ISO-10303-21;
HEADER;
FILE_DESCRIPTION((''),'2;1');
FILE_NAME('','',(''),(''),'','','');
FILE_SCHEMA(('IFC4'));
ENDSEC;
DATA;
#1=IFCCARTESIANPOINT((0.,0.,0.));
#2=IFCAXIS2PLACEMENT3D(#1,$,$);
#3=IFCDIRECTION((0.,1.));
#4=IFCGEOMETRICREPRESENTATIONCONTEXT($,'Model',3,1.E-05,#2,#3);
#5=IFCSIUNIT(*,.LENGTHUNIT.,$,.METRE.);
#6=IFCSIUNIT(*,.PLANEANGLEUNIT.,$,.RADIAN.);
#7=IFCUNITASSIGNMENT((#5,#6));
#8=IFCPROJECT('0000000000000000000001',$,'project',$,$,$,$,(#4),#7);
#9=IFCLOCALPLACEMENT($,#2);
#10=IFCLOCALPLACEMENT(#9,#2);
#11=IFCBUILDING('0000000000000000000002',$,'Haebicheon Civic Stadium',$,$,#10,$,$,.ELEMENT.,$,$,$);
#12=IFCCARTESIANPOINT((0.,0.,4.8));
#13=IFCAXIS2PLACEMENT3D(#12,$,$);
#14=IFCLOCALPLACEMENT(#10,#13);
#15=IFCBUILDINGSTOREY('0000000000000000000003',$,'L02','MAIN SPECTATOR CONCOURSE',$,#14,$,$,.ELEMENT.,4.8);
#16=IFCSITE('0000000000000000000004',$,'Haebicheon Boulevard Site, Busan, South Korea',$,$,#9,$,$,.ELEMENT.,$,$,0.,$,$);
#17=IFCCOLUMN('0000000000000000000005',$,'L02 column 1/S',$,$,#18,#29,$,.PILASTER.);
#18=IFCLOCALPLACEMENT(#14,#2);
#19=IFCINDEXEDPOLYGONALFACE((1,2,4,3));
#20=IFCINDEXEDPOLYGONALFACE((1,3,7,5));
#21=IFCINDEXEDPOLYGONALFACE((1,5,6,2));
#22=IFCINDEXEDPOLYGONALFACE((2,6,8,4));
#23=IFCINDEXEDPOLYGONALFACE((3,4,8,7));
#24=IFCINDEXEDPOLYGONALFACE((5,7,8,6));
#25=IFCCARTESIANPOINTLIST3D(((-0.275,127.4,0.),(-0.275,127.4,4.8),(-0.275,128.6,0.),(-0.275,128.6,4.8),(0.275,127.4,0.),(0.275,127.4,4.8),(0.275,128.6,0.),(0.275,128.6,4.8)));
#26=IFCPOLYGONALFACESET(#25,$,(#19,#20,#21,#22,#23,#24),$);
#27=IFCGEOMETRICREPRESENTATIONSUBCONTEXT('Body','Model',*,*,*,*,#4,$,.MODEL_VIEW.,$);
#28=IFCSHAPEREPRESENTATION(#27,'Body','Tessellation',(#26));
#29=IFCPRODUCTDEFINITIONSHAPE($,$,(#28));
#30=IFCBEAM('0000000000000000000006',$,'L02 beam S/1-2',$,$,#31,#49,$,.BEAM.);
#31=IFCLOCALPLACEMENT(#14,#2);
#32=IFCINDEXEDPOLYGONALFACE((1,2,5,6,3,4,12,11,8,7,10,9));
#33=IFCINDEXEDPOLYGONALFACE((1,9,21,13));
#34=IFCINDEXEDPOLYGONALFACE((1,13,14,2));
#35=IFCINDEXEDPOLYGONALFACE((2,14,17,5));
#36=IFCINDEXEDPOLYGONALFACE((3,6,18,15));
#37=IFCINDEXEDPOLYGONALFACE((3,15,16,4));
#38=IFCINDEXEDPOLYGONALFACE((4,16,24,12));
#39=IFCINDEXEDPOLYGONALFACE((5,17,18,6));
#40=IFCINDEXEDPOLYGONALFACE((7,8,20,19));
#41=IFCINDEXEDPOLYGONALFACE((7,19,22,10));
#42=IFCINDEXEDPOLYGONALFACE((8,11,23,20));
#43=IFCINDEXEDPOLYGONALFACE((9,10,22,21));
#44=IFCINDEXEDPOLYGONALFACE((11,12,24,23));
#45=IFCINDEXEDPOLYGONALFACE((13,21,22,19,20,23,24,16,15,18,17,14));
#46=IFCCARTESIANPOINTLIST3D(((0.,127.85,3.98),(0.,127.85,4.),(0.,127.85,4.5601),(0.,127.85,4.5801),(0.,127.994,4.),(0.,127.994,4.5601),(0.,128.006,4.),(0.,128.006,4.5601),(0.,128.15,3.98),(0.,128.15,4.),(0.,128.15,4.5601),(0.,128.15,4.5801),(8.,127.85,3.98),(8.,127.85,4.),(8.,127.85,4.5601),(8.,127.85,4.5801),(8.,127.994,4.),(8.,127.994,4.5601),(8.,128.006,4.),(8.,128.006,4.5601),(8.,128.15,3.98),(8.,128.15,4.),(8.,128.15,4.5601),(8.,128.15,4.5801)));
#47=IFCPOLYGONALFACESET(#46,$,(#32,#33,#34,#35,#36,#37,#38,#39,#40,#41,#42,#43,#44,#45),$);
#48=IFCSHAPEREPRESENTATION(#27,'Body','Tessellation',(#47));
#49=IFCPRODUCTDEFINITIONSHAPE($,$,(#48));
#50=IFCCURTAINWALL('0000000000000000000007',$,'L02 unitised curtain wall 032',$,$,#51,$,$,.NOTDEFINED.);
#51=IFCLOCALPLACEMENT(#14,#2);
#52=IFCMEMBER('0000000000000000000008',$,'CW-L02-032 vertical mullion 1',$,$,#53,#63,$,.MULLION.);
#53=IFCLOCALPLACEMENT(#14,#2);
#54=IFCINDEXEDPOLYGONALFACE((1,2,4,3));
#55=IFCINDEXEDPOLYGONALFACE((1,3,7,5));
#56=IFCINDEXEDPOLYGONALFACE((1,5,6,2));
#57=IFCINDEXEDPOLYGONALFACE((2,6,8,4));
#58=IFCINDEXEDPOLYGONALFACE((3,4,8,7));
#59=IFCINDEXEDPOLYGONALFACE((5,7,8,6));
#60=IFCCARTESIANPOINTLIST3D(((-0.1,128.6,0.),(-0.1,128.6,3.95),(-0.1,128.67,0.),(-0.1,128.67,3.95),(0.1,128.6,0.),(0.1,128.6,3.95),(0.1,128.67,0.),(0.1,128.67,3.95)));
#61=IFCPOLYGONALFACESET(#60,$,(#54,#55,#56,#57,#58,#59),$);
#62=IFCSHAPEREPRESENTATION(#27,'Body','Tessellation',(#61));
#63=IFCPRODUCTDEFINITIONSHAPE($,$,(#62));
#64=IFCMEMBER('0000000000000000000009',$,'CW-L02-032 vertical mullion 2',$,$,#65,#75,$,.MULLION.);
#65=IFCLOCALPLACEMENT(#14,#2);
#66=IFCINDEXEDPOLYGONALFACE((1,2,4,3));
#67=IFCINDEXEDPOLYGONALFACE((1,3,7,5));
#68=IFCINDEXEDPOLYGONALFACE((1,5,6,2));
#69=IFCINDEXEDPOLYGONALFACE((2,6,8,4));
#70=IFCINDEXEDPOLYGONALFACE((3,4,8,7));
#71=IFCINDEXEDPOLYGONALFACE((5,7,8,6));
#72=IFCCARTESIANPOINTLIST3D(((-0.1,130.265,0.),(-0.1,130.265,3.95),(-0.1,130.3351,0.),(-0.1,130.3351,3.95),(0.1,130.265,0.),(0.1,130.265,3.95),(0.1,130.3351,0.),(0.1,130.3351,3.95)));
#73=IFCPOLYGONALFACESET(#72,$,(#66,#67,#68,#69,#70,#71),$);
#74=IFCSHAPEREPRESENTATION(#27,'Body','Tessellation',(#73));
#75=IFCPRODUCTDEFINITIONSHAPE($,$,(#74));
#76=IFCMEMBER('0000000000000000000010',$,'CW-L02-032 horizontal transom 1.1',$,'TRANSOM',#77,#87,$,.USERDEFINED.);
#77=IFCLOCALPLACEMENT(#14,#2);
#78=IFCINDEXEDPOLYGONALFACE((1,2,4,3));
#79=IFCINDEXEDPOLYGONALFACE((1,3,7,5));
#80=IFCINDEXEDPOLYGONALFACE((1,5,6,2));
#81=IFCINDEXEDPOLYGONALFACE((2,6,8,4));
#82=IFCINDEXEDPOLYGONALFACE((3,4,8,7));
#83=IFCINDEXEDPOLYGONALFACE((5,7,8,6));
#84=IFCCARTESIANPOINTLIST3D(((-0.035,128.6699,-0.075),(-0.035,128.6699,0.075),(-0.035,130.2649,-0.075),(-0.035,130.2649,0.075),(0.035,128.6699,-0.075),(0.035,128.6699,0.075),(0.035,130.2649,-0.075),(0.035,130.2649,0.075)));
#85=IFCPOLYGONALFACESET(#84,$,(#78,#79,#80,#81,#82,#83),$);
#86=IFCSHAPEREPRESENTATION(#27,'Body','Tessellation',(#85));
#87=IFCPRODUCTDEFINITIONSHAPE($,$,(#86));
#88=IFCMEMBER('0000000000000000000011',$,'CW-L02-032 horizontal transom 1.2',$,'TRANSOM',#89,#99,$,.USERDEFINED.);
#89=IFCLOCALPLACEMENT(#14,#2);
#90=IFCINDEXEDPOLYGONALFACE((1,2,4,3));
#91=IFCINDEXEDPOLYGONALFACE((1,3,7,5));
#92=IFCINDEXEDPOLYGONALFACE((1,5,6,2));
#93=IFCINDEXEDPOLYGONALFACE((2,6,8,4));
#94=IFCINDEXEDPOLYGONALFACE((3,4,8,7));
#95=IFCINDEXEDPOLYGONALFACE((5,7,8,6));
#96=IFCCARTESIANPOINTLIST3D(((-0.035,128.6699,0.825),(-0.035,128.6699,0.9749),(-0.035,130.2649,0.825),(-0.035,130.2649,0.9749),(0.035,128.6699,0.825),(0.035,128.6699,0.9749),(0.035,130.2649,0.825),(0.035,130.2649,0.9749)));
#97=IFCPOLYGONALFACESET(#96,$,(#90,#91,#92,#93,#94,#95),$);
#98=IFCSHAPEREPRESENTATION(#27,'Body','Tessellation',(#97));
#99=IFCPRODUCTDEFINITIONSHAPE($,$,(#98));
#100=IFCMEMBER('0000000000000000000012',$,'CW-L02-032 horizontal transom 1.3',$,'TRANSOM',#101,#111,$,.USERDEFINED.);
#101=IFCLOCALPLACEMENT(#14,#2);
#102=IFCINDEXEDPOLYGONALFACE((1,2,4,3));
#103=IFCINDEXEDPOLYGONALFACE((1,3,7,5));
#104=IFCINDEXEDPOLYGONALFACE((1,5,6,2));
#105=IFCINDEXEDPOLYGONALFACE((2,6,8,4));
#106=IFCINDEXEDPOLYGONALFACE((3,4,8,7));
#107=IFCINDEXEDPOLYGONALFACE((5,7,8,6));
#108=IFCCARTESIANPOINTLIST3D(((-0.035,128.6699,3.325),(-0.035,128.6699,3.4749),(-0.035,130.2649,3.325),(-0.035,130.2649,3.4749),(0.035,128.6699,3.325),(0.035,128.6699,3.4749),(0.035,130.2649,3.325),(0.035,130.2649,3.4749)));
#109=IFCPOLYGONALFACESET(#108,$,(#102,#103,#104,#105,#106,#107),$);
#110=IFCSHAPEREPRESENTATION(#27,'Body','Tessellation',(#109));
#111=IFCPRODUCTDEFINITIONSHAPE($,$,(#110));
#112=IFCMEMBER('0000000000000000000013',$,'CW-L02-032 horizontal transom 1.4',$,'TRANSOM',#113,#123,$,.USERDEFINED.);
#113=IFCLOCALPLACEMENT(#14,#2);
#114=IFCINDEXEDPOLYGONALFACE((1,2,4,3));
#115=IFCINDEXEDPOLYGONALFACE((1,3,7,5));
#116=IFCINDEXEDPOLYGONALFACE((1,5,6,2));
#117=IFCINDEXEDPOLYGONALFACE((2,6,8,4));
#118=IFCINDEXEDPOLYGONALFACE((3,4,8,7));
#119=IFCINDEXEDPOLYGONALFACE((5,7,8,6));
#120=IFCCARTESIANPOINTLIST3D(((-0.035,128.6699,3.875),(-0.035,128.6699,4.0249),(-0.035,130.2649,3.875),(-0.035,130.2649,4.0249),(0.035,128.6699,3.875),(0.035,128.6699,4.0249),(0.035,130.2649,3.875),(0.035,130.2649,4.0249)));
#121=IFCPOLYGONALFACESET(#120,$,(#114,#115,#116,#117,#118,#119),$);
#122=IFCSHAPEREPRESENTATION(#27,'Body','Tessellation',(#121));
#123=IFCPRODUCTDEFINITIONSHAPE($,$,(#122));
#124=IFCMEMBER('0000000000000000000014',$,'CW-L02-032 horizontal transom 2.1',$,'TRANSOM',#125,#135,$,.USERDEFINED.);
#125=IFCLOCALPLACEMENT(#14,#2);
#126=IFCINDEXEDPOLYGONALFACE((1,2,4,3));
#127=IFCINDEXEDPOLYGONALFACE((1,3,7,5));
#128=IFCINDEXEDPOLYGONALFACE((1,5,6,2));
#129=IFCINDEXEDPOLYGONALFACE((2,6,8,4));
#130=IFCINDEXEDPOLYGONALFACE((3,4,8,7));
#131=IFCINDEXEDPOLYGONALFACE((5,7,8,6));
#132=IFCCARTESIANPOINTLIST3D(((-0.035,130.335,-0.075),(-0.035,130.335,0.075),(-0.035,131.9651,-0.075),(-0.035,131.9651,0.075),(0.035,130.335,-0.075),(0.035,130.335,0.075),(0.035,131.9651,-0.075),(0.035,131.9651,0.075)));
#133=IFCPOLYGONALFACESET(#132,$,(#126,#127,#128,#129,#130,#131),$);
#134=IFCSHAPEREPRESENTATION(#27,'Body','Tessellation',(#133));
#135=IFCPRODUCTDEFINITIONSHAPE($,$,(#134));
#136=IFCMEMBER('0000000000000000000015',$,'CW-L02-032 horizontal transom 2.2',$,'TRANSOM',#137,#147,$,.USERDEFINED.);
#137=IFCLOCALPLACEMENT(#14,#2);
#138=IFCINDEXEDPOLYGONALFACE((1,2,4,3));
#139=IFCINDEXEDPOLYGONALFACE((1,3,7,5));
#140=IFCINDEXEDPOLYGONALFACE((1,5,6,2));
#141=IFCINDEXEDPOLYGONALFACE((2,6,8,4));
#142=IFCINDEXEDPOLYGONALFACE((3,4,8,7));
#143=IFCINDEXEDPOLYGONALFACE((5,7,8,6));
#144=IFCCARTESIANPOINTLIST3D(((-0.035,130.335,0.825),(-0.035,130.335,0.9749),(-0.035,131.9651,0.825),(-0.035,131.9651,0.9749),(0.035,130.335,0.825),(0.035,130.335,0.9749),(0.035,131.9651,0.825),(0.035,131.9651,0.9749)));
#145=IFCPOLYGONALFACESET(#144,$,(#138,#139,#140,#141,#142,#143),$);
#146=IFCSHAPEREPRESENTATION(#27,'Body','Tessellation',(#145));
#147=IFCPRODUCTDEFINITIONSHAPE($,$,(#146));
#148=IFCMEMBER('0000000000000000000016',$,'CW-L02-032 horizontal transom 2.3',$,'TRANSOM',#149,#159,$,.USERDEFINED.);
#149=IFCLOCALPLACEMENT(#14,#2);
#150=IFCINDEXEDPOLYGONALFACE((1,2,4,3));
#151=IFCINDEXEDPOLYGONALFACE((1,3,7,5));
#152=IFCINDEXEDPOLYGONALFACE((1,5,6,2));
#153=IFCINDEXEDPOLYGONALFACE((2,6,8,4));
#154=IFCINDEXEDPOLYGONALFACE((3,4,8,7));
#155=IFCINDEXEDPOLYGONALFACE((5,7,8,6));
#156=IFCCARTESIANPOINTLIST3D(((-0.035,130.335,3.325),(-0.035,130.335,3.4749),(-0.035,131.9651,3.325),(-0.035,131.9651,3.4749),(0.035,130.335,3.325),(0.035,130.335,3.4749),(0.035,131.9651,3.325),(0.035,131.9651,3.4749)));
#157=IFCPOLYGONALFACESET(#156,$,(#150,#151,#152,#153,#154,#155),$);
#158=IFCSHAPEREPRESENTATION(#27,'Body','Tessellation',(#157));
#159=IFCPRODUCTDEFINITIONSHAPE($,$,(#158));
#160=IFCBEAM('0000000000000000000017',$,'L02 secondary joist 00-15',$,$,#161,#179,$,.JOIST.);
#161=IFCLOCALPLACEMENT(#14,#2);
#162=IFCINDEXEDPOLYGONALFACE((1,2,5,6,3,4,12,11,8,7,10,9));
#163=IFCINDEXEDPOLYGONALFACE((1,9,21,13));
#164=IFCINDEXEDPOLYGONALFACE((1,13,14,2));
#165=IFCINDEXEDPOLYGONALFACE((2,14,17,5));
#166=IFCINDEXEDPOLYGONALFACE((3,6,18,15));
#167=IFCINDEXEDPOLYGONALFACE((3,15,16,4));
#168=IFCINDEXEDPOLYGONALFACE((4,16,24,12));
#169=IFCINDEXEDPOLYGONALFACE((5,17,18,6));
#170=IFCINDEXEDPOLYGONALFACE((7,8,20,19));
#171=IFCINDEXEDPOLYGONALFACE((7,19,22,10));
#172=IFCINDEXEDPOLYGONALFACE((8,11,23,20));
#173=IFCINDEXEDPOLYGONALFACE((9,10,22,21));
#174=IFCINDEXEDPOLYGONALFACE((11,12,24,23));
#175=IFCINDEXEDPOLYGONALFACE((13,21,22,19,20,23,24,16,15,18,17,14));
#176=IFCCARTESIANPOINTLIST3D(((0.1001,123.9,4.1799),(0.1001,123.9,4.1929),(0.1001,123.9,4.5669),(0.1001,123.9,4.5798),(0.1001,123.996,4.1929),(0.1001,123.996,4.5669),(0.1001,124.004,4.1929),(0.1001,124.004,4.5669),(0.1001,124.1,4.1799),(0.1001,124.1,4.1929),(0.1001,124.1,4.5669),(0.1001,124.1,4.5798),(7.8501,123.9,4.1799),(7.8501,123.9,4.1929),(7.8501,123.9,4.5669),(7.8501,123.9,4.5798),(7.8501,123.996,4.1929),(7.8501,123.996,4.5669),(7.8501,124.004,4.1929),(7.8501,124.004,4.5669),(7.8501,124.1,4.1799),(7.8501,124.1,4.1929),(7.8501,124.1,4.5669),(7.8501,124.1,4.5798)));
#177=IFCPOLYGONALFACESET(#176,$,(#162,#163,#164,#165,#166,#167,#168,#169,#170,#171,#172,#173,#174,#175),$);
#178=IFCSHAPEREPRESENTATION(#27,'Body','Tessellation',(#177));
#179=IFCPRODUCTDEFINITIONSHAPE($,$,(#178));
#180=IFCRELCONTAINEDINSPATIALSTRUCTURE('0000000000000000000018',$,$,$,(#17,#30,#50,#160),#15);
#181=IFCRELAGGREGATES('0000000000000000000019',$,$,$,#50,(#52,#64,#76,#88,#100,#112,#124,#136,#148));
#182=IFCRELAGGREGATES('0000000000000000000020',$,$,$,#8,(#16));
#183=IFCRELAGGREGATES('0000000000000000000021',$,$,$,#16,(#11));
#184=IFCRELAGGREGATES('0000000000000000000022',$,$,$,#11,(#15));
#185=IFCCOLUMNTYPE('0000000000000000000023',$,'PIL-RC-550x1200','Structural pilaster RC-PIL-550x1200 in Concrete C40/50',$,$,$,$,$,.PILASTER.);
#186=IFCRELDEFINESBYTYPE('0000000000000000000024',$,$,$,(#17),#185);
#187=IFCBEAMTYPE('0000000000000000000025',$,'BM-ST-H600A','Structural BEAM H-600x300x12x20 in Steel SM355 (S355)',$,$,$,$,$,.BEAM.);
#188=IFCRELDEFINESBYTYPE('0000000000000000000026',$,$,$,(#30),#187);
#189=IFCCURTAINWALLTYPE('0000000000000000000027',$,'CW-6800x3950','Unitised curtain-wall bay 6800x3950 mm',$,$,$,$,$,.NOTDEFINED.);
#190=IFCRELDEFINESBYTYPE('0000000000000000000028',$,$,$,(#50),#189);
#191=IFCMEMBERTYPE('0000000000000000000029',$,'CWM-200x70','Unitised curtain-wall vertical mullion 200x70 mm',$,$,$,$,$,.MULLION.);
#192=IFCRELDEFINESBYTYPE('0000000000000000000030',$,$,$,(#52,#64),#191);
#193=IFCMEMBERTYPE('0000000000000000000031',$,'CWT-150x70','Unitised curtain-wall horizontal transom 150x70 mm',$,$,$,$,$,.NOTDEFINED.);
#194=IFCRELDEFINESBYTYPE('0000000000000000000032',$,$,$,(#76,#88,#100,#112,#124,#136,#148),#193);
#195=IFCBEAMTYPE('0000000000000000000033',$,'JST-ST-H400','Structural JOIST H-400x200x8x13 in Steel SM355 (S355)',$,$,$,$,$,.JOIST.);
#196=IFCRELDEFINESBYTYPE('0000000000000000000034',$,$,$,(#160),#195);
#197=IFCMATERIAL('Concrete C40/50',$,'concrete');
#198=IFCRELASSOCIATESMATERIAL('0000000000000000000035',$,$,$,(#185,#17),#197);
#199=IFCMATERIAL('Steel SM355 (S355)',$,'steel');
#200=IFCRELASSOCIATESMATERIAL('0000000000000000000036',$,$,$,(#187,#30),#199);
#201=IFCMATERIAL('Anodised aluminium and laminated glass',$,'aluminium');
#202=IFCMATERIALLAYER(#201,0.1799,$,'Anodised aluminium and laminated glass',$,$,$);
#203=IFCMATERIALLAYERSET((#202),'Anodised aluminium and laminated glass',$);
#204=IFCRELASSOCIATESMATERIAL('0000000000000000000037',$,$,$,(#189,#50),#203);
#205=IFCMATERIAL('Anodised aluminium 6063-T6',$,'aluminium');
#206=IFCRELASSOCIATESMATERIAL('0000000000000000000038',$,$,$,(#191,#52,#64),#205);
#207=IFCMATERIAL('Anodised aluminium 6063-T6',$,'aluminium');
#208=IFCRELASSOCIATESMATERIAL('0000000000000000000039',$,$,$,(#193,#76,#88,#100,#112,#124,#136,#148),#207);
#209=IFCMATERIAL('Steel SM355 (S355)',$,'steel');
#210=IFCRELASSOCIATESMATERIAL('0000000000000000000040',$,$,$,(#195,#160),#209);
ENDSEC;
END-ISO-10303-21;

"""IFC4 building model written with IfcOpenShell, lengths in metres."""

from ifc_helpers import new_model, si_unit, direction, frame, origin, origin_2d, place, context, subcontext, project, spatial, rectangle, i_section, extrude, material, layer, layer_set, material_profile, profile_set, type_object, element, aggregate, save


model = new_model("IFC4")

# Units and contexts
model_context = context("Model", 3, precision=1e-05, world=origin(), true_north=direction((0.0, 1.0)))
body_context = subcontext(model_context, "Body", "Model", "MODEL_VIEW")
ifc_project = project(units=[si_unit("LENGTHUNIT", "METRE"), si_unit("PLANEANGLEUNIT", "RADIAN")], contexts=[model_context])

# Site, building, storey
site_placement = place(None, origin())
site = spatial("IfcSite", under=ifc_project, at=site_placement, Name="Haebicheon Boulevard Site, Busan, South Korea", CompositionType="ELEMENT", RefElevation=0.0)
building_placement = place(site_placement, origin())
building = spatial("IfcBuilding", under=site, at=building_placement, Name="Haebicheon Civic Stadium", CompositionType="ELEMENT")
storey_placement = place(building_placement, frame((0.0, 0.0, 4.8)))
storey = spatial("IfcBuildingStorey", under=building, at=storey_placement, Name="L02", Description="MAIN SPECTATOR CONCOURSE", CompositionType="ELEMENT", Elevation=4.8)

# Column
ifc_material_1 = material(Name="Concrete C40/50", Category="concrete")
ifc_material_profile_1 = material_profile(ifc_material_1, rectangle(XDim=0.55, YDim=1.2, at=origin_2d()), Name="RC-PIL-550x1200")
ifc_profile_set_1 = profile_set([ifc_material_profile_1], Name="Concrete C40/50")
column_type = type_object("IfcColumnType", Name="PIL-RC-550x1200", Description="Structural pilaster RC-PIL-550x1200 in Concrete C40/50", PredefinedType="PILASTER", material=ifc_profile_set_1)
column_placement = place(storey_placement, frame((0.0, 128.0, 0.0), z_axis=(0.0, 0.0, 1.0), x_axis=(1.0, 0.0, 0.0)))
element("IfcColumn", 1, at=column_placement, inside=storey, type_object=column_type, material=ifc_profile_set_1, Name="L02 column 1/S", PredefinedType="PILASTER", context=body_context, shape_type="SweptSolid", body=[
    extrude(rectangle(XDim=0.55, YDim=1.2, at=origin_2d()), origin(), (0.0, 0.0, 1.0), 4.8),
])

# Beam
ifc_material_2 = material(Name="Steel SM355 (S355)", Category="steel")
ifc_material_profile_2 = material_profile(ifc_material_2, i_section(OverallWidth=0.3, OverallDepth=0.6001, WebThickness=0.012, FlangeThickness=0.02, at=origin_2d()), Name="H-600x300x12x20")
ifc_profile_set_2 = profile_set([ifc_material_profile_2], Name="Steel SM355 (S355)")
beam_type_1 = type_object("IfcBeamType", Name="BM-ST-H600A", Description="Structural BEAM H-600x300x12x20 in Steel SM355 (S355)", PredefinedType="BEAM", material=ifc_profile_set_2)
beam_1_placement = place(storey_placement, frame((0.0, 128.0, 4.28), z_axis=(1.0, 0.0, 0.0), x_axis=(0.0, 1.0, 0.0)))
element("IfcBeam", 2, at=beam_1_placement, inside=storey, type_object=beam_type_1, material=ifc_profile_set_2, Name="L02 beam S/1-2", PredefinedType="BEAM", context=body_context, shape_type="SweptSolid", body=[
    extrude(i_section(OverallWidth=0.3, OverallDepth=0.6001, WebThickness=0.012, FlangeThickness=0.02, at=origin_2d()), origin(), (0.0, 0.0, 1.0), 8.0),
])

# Curtain wall, members
ifc_material_3 = material(Name="Anodised aluminium and laminated glass", Category="aluminium")
ifc_layer_1 = layer(ifc_material_3, 0.1799, Name="Anodised aluminium and laminated glass")
ifc_layer_set_1 = layer_set([ifc_layer_1], Name="Anodised aluminium and laminated glass")
curtain_wall_type = type_object("IfcCurtainWallType", Name="CW-6800x3950", Description="Unitised curtain-wall bay 6800x3950 mm", PredefinedType="NOTDEFINED", material=ifc_layer_set_1)
curtain_wall_placement = place(storey_placement, origin())
curtain_wall = element("IfcCurtainWall", 3, at=curtain_wall_placement, inside=storey, type_object=curtain_wall_type, material=ifc_layer_set_1, Name="L02 unitised curtain wall 032", PredefinedType="NOTDEFINED")
ifc_material_4 = material(Name="Anodised aluminium 6063-T6", Category="aluminium")
ifc_material_profile_3 = material_profile(ifc_material_4, rectangle(XDim=0.0701, YDim=0.2, at=origin_2d()), Name="ALU-MULL-70x200")
ifc_profile_set_3 = profile_set([ifc_material_profile_3], Name="Anodised aluminium 6063-T6")
member_type_1 = type_object("IfcMemberType", Name="CWM-200x70", Description="Unitised curtain-wall vertical mullion 200x70 mm", PredefinedType="MULLION", material=ifc_profile_set_3)
member_1_placement = place(storey_placement, frame((0.0, 128.635, 0.0), z_axis=(0.0, 0.0, 1.0), x_axis=(0.0, 1.0, 0.0)))
member_1 = element("IfcMember", 4, at=member_1_placement, type_object=member_type_1, material=ifc_profile_set_3, Name="CW-L02-032 vertical mullion 1", PredefinedType="MULLION", context=body_context, shape_type="SweptSolid", body=[
    extrude(rectangle(XDim=0.0701, YDim=0.2, at=origin_2d()), origin(), (0.0, 0.0, 1.0), 3.95),
])
member_2_placement = place(storey_placement, frame((0.0, 130.3, 0.0), z_axis=(0.0, 0.0, 1.0), x_axis=(0.0, 1.0, 0.0)))
member_2 = element("IfcMember", 5, at=member_2_placement, type_object=member_type_1, material=ifc_profile_set_3, Name="CW-L02-032 vertical mullion 2", PredefinedType="MULLION", context=body_context, shape_type="SweptSolid", body=[
    extrude(rectangle(XDim=0.0701, YDim=0.2, at=origin_2d()), origin(), (0.0, 0.0, 1.0), 3.95),
])
ifc_material_5 = material(Name="Anodised aluminium 6063-T6", Category="aluminium")
ifc_material_profile_4 = material_profile(ifc_material_5, rectangle(XDim=0.0701, YDim=0.1499, at=origin_2d()), Name="ALU-TRAN-70x150")
ifc_profile_set_4 = profile_set([ifc_material_profile_4], Name="Anodised aluminium 6063-T6")
member_type_2 = type_object("IfcMemberType", Name="CWT-150x70", Description="Unitised curtain-wall horizontal transom 150x70 mm", PredefinedType="NOTDEFINED", material=ifc_profile_set_4)
member_3_placement = place(storey_placement, frame((0.0, 128.6699, 0.0), z_axis=(0.0, 1.0, 0.0), x_axis=(-1.0, 0.0, 0.0)))
member_3 = element("IfcMember", 6, at=member_3_placement, type_object=member_type_2, material=ifc_profile_set_4, Name="CW-L02-032 horizontal transom 1.1", ObjectType="TRANSOM", PredefinedType="USERDEFINED", context=body_context, shape_type="SweptSolid", body=[
    extrude(rectangle(XDim=0.0701, YDim=0.1499, at=origin_2d()), origin(), (0.0, 0.0, 1.0), 1.595),
])
member_4_placement = place(storey_placement, frame((0.0, 128.6699, 0.8999), z_axis=(0.0, 1.0, 0.0), x_axis=(-1.0, 0.0, 0.0)))
member_4 = element("IfcMember", 7, at=member_4_placement, type_object=member_type_2, material=ifc_profile_set_4, Name="CW-L02-032 horizontal transom 1.2", ObjectType="TRANSOM", PredefinedType="USERDEFINED", context=body_context, shape_type="SweptSolid", body=[
    extrude(rectangle(XDim=0.0701, YDim=0.1499, at=origin_2d()), origin(), (0.0, 0.0, 1.0), 1.595),
])
member_5_placement = place(storey_placement, frame((0.0, 128.6699, 3.3999), z_axis=(0.0, 1.0, 0.0), x_axis=(-1.0, 0.0, 0.0)))
member_5 = element("IfcMember", 8, at=member_5_placement, type_object=member_type_2, material=ifc_profile_set_4, Name="CW-L02-032 horizontal transom 1.3", ObjectType="TRANSOM", PredefinedType="USERDEFINED", context=body_context, shape_type="SweptSolid", body=[
    extrude(rectangle(XDim=0.0701, YDim=0.1499, at=origin_2d()), origin(), (0.0, 0.0, 1.0), 1.595),
])
member_6_placement = place(storey_placement, frame((0.0, 128.6699, 3.95), z_axis=(0.0, 1.0, 0.0), x_axis=(-1.0, 0.0, 0.0)))
member_6 = element("IfcMember", 9, at=member_6_placement, type_object=member_type_2, material=ifc_profile_set_4, Name="CW-L02-032 horizontal transom 1.4", ObjectType="TRANSOM", PredefinedType="USERDEFINED", context=body_context, shape_type="SweptSolid", body=[
    extrude(rectangle(XDim=0.0701, YDim=0.1499, at=origin_2d()), origin(), (0.0, 0.0, 1.0), 1.595),
])
member_7_placement = place(storey_placement, frame((0.0, 130.335, 0.0), z_axis=(0.0, 1.0, 0.0), x_axis=(-1.0, 0.0, 0.0)))
member_7 = element("IfcMember", 10, at=member_7_placement, type_object=member_type_2, material=ifc_profile_set_4, Name="CW-L02-032 horizontal transom 2.1", ObjectType="TRANSOM", PredefinedType="USERDEFINED", context=body_context, shape_type="SweptSolid", body=[
    extrude(rectangle(XDim=0.0701, YDim=0.1499, at=origin_2d()), origin(), (0.0, 0.0, 1.0), 1.6301),
])
member_8_placement = place(storey_placement, frame((0.0, 130.335, 0.8999), z_axis=(0.0, 1.0, 0.0), x_axis=(-1.0, 0.0, 0.0)))
member_8 = element("IfcMember", 11, at=member_8_placement, type_object=member_type_2, material=ifc_profile_set_4, Name="CW-L02-032 horizontal transom 2.2", ObjectType="TRANSOM", PredefinedType="USERDEFINED", context=body_context, shape_type="SweptSolid", body=[
    extrude(rectangle(XDim=0.0701, YDim=0.1499, at=origin_2d()), origin(), (0.0, 0.0, 1.0), 1.6301),
])
member_9_placement = place(storey_placement, frame((0.0, 130.335, 3.3999), z_axis=(0.0, 1.0, 0.0), x_axis=(-1.0, 0.0, 0.0)))
member_9 = element("IfcMember", 12, at=member_9_placement, type_object=member_type_2, material=ifc_profile_set_4, Name="CW-L02-032 horizontal transom 2.3", ObjectType="TRANSOM", PredefinedType="USERDEFINED", context=body_context, shape_type="SweptSolid", body=[
    extrude(rectangle(XDim=0.0701, YDim=0.1499, at=origin_2d()), origin(), (0.0, 0.0, 1.0), 1.6301),
])

# Beam
ifc_material_6 = material(Name="Steel SM355 (S355)", Category="steel")
ifc_material_profile_5 = material_profile(ifc_material_6, i_section(OverallWidth=0.2, OverallDepth=0.3999, WebThickness=0.0081, FlangeThickness=0.0129, at=origin_2d()), Name="H-400x200x8x13")
ifc_profile_set_5 = profile_set([ifc_material_profile_5], Name="Steel SM355 (S355)")
beam_type_2 = type_object("IfcBeamType", Name="JST-ST-H400", Description="Structural JOIST H-400x200x8x13 in Steel SM355 (S355)", PredefinedType="JOIST", material=ifc_profile_set_5)
beam_2_placement = place(storey_placement, frame((0.1001, 124.0, 4.3799), z_axis=(1.0, 0.0, 0.0), x_axis=(0.0, 1.0, 0.0)))
element("IfcBeam", 13, at=beam_2_placement, inside=storey, type_object=beam_type_2, material=ifc_profile_set_5, Name="L02 secondary joist 00-15", PredefinedType="JOIST", context=body_context, shape_type="SweptSolid", body=[
    extrude(i_section(OverallWidth=0.2, OverallDepth=0.3999, WebThickness=0.0081, FlangeThickness=0.0129, at=origin_2d()), origin(), (0.0, 0.0, 1.0), 7.75),
])

aggregate(curtain_wall, [member_1, member_2, member_3, member_4, member_5, member_6, member_7, member_8, member_9])

save(model, "model.ifc")
